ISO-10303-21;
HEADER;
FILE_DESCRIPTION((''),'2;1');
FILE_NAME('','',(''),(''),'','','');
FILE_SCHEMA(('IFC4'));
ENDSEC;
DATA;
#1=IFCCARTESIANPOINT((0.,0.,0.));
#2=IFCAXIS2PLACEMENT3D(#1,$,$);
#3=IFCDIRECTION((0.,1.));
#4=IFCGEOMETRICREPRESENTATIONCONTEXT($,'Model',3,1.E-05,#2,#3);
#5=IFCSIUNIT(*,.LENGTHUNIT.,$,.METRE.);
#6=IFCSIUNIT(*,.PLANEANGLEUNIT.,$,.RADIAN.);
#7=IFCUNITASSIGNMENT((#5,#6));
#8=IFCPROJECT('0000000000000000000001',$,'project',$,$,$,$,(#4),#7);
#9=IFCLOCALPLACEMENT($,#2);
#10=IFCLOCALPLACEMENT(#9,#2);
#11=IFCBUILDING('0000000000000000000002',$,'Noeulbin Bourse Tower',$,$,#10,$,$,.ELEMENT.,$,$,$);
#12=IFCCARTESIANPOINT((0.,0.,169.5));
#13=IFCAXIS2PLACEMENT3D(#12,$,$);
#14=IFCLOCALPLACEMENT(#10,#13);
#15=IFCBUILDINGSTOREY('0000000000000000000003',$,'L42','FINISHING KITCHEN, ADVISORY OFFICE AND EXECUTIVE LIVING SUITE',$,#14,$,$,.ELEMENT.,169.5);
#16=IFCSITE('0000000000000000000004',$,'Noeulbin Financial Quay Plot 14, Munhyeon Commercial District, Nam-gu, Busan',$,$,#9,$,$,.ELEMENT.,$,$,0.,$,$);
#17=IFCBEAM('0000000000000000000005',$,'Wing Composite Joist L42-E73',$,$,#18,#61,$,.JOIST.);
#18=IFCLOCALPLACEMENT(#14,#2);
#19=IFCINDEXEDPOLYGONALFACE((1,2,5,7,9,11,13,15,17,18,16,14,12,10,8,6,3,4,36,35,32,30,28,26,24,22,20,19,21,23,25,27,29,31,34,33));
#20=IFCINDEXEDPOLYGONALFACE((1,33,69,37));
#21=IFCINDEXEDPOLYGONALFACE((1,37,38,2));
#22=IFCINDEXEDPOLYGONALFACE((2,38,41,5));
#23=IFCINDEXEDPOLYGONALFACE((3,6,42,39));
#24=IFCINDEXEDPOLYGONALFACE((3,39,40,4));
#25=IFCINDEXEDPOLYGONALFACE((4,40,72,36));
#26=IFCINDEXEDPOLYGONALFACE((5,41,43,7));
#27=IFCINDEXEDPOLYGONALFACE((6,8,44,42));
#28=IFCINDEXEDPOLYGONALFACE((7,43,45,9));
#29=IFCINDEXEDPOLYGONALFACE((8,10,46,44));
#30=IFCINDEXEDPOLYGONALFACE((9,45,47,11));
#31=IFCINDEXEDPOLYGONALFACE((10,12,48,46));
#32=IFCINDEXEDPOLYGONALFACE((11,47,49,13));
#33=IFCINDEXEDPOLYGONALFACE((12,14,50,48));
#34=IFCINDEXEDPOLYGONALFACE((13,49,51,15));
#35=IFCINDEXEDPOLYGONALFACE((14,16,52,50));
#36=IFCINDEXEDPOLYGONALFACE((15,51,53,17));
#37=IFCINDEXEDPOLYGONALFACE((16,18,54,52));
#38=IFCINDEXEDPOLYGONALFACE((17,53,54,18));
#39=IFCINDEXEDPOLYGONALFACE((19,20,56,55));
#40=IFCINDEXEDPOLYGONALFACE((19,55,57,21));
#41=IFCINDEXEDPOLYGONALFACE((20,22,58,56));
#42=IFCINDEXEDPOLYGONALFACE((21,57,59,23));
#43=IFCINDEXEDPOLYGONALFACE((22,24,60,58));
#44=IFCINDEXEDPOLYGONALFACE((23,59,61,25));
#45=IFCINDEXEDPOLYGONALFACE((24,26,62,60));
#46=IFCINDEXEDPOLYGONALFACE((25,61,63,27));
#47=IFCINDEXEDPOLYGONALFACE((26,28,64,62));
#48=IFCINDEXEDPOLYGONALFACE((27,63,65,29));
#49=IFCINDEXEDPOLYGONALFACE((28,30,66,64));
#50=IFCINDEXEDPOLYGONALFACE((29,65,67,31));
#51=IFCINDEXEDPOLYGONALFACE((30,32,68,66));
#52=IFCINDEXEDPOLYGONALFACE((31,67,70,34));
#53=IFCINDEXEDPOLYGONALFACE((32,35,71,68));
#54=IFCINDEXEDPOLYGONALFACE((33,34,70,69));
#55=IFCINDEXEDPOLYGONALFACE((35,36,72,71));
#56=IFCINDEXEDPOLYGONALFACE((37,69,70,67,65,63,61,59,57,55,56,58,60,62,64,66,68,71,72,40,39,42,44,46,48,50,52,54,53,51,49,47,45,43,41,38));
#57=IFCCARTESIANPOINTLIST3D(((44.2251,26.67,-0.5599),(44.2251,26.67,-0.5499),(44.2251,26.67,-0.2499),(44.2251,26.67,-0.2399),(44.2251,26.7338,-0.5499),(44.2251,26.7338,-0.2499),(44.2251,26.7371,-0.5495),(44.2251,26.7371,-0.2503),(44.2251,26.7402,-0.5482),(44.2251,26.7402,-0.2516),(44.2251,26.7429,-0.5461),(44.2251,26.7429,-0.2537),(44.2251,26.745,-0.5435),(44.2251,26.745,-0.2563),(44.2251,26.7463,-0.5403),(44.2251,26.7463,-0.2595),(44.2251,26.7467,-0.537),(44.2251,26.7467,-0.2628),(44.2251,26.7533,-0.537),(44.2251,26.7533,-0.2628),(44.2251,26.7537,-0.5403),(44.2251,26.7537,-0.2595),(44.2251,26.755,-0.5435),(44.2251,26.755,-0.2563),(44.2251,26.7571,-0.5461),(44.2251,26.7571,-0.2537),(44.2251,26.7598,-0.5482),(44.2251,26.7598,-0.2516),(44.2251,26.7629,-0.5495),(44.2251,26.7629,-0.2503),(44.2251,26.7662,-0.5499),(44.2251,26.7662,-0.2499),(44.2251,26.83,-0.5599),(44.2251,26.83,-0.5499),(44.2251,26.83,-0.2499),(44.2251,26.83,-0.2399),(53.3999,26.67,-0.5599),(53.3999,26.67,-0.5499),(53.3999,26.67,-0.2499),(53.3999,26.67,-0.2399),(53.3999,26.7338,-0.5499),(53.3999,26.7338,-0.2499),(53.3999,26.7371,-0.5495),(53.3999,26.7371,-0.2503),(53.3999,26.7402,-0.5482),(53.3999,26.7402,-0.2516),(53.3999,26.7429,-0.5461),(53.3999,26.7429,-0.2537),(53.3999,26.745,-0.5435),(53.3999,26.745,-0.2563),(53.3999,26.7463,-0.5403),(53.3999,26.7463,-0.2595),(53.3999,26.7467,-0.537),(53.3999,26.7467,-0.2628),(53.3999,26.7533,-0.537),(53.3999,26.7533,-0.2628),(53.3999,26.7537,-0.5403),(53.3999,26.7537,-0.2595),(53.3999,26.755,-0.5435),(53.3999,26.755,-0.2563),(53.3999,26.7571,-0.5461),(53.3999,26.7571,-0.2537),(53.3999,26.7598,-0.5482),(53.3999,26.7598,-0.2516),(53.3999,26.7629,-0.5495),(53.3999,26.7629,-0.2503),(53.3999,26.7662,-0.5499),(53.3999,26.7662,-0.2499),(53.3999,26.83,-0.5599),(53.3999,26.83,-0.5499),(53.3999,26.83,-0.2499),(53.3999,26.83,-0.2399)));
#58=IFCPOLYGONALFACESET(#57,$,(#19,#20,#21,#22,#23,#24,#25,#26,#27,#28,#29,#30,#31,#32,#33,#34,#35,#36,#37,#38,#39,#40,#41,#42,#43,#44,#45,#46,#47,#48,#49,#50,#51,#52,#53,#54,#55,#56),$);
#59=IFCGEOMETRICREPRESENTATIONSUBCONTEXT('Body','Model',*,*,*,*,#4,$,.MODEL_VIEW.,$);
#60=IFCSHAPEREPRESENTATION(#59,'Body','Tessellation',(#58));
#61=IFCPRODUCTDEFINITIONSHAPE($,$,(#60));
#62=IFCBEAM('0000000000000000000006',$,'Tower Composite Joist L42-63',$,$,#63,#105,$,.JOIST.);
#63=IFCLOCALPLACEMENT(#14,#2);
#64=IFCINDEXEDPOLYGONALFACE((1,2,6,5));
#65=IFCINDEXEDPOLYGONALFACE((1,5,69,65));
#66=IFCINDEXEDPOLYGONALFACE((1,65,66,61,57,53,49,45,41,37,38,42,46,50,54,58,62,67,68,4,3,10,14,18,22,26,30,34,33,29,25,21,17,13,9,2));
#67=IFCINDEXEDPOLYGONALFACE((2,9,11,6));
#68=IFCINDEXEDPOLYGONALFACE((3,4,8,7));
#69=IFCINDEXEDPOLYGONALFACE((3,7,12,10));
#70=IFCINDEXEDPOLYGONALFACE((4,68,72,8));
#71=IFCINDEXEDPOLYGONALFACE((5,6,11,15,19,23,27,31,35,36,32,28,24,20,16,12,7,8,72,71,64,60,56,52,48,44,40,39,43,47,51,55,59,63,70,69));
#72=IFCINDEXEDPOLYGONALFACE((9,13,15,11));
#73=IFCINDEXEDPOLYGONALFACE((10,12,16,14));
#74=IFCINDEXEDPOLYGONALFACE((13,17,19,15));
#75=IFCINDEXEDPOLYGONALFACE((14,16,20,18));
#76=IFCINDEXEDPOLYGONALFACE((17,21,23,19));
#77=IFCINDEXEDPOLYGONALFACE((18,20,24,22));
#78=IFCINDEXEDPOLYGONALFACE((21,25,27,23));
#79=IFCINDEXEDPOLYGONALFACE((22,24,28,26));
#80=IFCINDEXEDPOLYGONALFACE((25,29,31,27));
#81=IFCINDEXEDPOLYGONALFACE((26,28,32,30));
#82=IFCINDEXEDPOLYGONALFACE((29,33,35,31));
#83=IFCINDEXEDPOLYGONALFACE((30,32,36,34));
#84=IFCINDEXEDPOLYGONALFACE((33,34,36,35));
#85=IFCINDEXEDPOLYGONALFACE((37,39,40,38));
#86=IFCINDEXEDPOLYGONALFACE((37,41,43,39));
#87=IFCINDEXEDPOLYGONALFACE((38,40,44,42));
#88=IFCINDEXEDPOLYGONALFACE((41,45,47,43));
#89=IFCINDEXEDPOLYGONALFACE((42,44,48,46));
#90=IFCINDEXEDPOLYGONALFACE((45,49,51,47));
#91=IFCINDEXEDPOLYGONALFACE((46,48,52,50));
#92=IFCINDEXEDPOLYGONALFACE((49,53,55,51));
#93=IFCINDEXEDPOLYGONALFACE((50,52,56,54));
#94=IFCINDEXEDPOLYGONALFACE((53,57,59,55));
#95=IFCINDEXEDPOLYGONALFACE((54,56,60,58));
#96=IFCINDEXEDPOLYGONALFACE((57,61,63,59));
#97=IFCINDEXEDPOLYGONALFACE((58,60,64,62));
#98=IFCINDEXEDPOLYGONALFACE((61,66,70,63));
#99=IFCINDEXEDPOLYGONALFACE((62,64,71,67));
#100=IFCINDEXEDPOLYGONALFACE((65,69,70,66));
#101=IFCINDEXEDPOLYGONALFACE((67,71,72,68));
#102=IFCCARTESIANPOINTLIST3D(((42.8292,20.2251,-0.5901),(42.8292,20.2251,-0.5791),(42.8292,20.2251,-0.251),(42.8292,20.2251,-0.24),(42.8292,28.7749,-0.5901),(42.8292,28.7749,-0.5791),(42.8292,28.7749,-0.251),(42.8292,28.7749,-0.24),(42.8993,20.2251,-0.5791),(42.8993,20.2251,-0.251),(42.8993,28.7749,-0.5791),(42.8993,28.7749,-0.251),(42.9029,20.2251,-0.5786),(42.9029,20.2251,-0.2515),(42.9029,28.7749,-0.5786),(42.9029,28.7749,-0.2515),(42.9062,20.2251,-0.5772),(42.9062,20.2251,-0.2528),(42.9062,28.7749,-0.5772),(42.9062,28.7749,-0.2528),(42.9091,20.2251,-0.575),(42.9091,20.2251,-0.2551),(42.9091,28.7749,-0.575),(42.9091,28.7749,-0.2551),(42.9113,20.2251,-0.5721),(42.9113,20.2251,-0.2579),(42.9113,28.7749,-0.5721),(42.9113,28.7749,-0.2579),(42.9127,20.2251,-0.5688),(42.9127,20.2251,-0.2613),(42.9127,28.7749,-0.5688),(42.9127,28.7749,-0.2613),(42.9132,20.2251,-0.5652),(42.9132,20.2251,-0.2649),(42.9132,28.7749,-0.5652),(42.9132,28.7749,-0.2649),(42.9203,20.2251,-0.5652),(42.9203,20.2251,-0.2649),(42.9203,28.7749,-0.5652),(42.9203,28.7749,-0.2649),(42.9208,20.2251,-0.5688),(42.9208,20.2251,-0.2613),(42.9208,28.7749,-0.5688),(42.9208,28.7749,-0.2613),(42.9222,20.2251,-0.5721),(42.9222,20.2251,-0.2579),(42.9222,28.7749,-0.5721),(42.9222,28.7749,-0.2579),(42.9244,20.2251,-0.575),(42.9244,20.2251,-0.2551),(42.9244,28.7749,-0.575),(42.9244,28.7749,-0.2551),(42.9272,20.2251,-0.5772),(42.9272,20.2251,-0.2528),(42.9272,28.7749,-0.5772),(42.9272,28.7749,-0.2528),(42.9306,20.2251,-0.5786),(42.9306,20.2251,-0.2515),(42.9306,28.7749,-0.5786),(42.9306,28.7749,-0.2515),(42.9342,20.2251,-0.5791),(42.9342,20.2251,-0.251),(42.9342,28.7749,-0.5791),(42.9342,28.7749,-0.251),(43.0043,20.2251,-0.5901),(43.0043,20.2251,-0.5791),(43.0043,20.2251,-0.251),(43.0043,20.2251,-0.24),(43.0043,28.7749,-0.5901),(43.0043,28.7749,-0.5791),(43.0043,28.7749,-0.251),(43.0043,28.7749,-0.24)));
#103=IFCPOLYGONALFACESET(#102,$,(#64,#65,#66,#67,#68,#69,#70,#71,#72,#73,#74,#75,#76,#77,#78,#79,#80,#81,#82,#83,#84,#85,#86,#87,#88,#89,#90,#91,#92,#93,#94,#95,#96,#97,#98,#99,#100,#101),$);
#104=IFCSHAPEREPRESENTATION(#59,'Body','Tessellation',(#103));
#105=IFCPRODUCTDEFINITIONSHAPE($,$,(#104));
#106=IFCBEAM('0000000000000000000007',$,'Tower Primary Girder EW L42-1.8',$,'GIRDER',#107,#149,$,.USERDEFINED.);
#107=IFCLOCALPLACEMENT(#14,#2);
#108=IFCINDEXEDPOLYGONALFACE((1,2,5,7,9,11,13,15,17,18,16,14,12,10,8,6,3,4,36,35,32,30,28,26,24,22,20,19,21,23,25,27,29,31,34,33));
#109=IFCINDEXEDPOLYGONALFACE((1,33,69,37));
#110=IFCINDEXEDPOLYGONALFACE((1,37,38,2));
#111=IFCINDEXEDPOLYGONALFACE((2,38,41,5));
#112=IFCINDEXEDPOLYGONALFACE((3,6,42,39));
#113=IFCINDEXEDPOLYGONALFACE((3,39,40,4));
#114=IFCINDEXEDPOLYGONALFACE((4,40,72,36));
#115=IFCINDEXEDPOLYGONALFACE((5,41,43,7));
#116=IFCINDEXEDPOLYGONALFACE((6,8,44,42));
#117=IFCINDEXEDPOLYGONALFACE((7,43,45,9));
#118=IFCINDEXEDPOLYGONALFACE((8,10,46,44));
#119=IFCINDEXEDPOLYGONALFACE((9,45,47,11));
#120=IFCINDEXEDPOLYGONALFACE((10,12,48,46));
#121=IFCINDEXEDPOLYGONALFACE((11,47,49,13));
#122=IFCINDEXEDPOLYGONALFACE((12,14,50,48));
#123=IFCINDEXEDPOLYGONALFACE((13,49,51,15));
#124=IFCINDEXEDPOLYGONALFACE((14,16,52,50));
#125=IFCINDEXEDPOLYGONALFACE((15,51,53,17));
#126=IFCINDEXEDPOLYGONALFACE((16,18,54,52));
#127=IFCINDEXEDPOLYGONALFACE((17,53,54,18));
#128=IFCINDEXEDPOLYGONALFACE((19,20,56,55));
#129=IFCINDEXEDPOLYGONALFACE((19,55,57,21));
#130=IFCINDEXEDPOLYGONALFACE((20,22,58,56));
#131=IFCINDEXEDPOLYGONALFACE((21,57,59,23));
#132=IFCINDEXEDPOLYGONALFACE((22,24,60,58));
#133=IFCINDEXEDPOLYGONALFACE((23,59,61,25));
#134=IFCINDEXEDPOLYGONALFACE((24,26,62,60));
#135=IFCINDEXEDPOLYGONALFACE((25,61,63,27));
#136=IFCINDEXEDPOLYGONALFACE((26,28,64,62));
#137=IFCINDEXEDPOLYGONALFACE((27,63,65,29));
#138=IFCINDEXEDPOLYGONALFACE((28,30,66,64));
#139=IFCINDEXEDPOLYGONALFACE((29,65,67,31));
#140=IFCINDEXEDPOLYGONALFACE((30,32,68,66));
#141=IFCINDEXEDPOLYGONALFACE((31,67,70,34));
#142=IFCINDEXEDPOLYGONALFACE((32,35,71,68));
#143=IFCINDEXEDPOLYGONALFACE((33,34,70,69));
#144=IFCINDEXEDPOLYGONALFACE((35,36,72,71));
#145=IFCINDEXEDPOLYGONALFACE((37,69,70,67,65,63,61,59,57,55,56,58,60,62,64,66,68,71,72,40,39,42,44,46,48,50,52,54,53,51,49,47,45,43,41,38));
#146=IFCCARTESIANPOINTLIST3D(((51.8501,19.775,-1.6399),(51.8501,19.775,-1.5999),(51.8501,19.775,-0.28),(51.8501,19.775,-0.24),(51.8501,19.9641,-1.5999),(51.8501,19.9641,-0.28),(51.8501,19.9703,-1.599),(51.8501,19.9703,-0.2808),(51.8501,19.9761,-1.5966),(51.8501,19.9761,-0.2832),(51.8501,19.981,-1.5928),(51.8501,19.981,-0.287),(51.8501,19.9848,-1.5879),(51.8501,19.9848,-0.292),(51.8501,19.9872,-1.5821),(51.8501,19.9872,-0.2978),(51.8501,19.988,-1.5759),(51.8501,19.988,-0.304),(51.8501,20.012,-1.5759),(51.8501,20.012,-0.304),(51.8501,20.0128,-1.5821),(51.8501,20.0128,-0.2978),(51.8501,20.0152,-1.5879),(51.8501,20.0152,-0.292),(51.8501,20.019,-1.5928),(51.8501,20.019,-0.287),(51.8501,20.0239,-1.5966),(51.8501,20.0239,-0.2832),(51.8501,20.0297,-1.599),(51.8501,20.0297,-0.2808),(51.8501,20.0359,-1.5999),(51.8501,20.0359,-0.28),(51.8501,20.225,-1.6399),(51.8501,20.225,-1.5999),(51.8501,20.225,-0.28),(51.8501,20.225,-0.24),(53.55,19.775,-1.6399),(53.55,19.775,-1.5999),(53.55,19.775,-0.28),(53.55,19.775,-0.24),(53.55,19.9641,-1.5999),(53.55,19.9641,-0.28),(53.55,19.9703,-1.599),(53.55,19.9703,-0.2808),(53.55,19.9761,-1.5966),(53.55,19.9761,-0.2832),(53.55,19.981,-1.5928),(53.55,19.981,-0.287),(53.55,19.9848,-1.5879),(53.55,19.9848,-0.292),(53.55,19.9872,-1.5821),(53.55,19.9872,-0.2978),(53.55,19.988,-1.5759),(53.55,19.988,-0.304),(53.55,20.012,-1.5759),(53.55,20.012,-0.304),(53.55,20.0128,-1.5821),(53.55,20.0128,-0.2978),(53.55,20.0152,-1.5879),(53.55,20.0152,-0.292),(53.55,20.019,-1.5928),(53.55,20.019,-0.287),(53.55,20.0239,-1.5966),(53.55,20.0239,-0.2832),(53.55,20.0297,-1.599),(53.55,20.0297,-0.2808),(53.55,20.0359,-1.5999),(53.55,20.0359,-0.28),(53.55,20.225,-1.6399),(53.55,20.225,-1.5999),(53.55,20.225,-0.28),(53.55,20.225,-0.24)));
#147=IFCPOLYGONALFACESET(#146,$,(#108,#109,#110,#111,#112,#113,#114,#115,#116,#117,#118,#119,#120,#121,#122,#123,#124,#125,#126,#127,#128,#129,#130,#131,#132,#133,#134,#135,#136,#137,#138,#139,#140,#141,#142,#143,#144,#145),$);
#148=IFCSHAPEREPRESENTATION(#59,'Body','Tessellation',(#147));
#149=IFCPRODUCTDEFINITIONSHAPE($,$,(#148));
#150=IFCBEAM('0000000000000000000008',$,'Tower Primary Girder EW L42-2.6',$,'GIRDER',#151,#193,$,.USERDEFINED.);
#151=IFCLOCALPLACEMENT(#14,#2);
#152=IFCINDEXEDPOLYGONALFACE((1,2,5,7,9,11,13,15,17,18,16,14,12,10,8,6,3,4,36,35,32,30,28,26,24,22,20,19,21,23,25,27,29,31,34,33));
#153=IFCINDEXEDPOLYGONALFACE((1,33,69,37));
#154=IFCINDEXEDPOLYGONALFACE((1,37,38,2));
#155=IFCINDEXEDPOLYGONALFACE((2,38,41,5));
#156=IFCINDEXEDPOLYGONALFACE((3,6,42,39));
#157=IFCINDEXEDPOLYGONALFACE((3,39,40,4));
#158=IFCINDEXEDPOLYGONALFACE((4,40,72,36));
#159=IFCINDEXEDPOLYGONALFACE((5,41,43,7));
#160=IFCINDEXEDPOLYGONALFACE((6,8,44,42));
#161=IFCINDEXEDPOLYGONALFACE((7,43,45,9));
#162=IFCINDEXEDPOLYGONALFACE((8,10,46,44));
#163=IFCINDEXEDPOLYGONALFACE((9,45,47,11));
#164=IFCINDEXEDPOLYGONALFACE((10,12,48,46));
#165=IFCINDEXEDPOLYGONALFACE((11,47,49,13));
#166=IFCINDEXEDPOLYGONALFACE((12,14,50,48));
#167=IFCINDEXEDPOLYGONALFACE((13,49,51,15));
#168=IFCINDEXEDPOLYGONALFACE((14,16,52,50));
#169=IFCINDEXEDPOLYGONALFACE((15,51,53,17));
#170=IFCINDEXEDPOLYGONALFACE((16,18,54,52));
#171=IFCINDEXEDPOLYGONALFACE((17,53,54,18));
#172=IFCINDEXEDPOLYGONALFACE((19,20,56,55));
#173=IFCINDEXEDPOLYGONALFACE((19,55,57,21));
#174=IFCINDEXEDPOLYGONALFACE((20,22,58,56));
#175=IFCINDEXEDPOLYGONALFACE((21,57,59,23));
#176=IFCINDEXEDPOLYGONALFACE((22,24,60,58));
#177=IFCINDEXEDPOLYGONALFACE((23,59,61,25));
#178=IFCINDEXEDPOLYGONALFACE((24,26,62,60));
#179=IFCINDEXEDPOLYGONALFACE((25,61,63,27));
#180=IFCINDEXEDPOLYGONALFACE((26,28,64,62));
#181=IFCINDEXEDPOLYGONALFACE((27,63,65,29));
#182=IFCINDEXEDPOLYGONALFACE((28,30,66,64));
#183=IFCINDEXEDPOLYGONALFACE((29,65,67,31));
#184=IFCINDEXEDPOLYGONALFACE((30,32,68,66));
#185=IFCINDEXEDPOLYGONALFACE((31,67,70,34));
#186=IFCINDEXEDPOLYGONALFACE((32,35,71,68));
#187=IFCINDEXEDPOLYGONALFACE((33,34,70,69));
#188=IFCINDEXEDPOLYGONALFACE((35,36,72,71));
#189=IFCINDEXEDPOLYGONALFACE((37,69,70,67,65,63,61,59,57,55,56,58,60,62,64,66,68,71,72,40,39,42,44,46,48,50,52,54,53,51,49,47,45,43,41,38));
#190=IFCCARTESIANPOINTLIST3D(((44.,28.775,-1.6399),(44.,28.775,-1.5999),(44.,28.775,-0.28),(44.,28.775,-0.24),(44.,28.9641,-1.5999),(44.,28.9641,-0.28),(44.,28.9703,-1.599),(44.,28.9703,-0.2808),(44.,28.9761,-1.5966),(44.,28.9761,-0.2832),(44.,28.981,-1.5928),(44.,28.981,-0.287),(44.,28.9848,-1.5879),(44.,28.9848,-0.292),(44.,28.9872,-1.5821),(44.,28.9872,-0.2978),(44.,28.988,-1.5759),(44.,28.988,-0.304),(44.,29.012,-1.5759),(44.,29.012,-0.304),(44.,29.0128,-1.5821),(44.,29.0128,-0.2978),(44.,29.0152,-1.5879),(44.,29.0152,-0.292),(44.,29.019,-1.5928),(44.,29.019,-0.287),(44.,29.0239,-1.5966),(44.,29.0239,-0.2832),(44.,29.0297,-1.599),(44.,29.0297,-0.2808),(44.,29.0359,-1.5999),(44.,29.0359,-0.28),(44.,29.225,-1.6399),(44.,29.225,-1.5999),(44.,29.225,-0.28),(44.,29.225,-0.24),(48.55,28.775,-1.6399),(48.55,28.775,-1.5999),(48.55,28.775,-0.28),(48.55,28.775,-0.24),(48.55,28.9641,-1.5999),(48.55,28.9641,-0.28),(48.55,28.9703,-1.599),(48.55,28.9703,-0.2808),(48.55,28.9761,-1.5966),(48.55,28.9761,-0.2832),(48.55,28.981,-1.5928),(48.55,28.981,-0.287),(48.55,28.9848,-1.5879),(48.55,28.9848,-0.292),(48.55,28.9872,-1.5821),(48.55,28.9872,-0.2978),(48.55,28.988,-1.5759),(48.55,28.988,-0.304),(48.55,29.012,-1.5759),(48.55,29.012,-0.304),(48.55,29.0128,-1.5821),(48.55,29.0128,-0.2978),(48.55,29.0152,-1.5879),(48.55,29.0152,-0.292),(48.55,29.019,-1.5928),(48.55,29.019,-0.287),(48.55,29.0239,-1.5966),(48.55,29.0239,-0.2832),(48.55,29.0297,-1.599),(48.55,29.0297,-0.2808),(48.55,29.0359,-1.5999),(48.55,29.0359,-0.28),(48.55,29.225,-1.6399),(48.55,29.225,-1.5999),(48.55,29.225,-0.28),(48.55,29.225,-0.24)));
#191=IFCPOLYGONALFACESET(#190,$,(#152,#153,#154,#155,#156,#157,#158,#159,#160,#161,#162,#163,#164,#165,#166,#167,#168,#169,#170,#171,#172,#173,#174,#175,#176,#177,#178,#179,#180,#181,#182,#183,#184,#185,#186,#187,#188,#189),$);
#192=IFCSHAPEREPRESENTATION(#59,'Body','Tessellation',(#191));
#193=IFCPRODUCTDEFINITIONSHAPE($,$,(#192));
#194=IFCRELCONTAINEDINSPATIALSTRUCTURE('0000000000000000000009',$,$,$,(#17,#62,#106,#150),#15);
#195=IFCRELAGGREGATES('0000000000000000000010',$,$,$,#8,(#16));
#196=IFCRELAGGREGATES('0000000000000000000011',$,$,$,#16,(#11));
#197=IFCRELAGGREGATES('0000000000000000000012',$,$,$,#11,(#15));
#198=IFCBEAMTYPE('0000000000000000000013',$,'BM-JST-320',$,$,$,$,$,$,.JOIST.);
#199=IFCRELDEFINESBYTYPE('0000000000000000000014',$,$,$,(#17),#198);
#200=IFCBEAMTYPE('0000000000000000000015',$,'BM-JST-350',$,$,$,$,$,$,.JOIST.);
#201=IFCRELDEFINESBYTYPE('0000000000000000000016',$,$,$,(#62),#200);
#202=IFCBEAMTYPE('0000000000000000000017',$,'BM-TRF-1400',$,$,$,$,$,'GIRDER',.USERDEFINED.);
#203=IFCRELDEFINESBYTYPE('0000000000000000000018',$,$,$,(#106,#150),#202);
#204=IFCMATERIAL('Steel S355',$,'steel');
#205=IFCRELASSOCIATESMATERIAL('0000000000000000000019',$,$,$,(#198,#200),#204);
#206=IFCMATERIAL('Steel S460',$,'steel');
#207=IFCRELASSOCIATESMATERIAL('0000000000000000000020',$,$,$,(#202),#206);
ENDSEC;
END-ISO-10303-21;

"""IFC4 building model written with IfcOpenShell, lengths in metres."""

from ifc_helpers import new_model, si_unit, direction, frame, origin, origin_2d, place, context, subcontext, project, spatial, i_section, extrude, material, material_profile, profile_set, type_object, element, save


model = new_model("IFC4")

# Units and contexts
model_context = context("Model", 3, precision=1e-05, world=origin(), true_north=direction((0.0, 1.0)))
body_context = subcontext(model_context, "Body", "Model", "MODEL_VIEW")
ifc_project = project(units=[si_unit("LENGTHUNIT", "METRE"), si_unit("PLANEANGLEUNIT", "RADIAN")], contexts=[model_context])

# Site, building, storey
site_placement = place(None, origin())
site = spatial("IfcSite", under=ifc_project, at=site_placement, Name="Noeulbin Financial Quay Plot 14, Munhyeon Commercial District, Nam-gu, Busan", CompositionType="ELEMENT", RefElevation=0.0)
building_placement = place(site_placement, origin())
building = spatial("IfcBuilding", under=site, at=building_placement, Name="Noeulbin Bourse Tower", CompositionType="ELEMENT")
storey_placement = place(building_placement, frame((0.0, 0.0, 169.5)))
storey = spatial("IfcBuildingStorey", under=building, at=storey_placement, Name="L42", Description="FINISHING KITCHEN, ADVISORY OFFICE AND EXECUTIVE LIVING SUITE", CompositionType="ELEMENT", Elevation=169.5)

# Shared definitions
ifc_material_1 = material(Name="Steel S355", Category="steel")
ifc_material_2 = material(Name="Steel S460", Category="steel")

# Beams
ifc_material_profile_1 = material_profile(ifc_material_1, i_section(OverallWidth=0.1599, OverallDepth=0.3201, WebThickness=0.0066, FlangeThickness=0.01, FilletRadius=0.0129, at=origin_2d()), Name="H-320x160x6.5x10", Category="LoadBearing")
ifc_profile_set_1 = profile_set([ifc_material_profile_1], Name="Steel S355")
beam_type_1 = type_object("IfcBeamType", Name="BM-JST-320", PredefinedType="JOIST", material=ifc_profile_set_1)
for number, where, z_axis, x_axis, name in (
    (1, (44.2251, 26.75, -0.3999), (1.0, 0.0, 0.0), (0.0, 1.0, 0.0), "Wing Composite Joist L42-E73"),
):
    element("IfcBeam", number, at=place(storey_placement, frame(where, z_axis=z_axis, x_axis=x_axis)), inside=storey, type_object=beam_type_1, Name=name, PredefinedType="JOIST", context=body_context, shape_type="SweptSolid", body=[
        extrude(i_section(OverallWidth=0.1599, OverallDepth=0.3201, WebThickness=0.0066, FlangeThickness=0.01, FilletRadius=0.0129, at=origin_2d()), origin(), (0.0, 0.0, 1.0), 9.1748),
    ])
ifc_material_profile_2 = material_profile(ifc_material_1, i_section(OverallWidth=0.175, OverallDepth=0.3501, WebThickness=0.0071, FlangeThickness=0.011, FilletRadius=0.0139, at=origin_2d()), Name="H-350x175x7x11", Category="LoadBearing")
ifc_profile_set_2 = profile_set([ifc_material_profile_2], Name="Steel S355")
beam_type_2 = type_object("IfcBeamType", Name="BM-JST-350", PredefinedType="JOIST", material=ifc_profile_set_2)
beam_1_placement = place(storey_placement, frame((42.9167, 20.2251, -0.415), z_axis=(0.0, 1.0, 0.0), x_axis=(-1.0, 0.0, 0.0)))
element("IfcBeam", 2, at=beam_1_placement, inside=storey, type_object=beam_type_2, Name="Tower Composite Joist L42-63", PredefinedType="JOIST", context=body_context, shape_type="SweptSolid", body=[
    extrude(i_section(OverallWidth=0.175, OverallDepth=0.3501, WebThickness=0.0071, FlangeThickness=0.011, FilletRadius=0.0139, at=origin_2d()), origin(), (0.0, 0.0, 1.0), 8.5498),
])
ifc_material_profile_3 = material_profile(ifc_material_2, i_section(OverallWidth=0.45, OverallDepth=1.3999, WebThickness=0.0239, FlangeThickness=0.04, FilletRadius=0.0239, at=origin_2d()), Name="PG-1400x450x24x40", Category="LoadBearing")
ifc_profile_set_3 = profile_set([ifc_material_profile_3], Name="Steel S460")
beam_type_3 = type_object("IfcBeamType", Name="BM-TRF-1400", ElementType="GIRDER", PredefinedType="USERDEFINED", material=ifc_profile_set_3)
beam_2_placement = place(storey_placement, frame((51.8501, 20.0, -0.9399), z_axis=(1.0, 0.0, 0.0), x_axis=(0.0, 1.0, 0.0)))
element("IfcBeam", 3, at=beam_2_placement, inside=storey, type_object=beam_type_3, Name="Tower Primary Girder EW L42-1.8", ObjectType="GIRDER", PredefinedType="USERDEFINED", context=body_context, shape_type="SweptSolid", body=[
    extrude(i_section(OverallWidth=0.45, OverallDepth=1.3999, WebThickness=0.0239, FlangeThickness=0.04, FilletRadius=0.0239, at=origin_2d()), origin(), (0.0, 0.0, 1.0), 1.7),
])
beam_3_placement = place(storey_placement, frame((44.0, 29.0, -0.9399), z_axis=(1.0, 0.0, 0.0), x_axis=(0.0, 1.0, 0.0)))
element("IfcBeam", 4, at=beam_3_placement, inside=storey, type_object=beam_type_3, Name="Tower Primary Girder EW L42-2.6", ObjectType="GIRDER", PredefinedType="USERDEFINED", context=body_context, shape_type="SweptSolid", body=[
    extrude(i_section(OverallWidth=0.45, OverallDepth=1.3999, WebThickness=0.0239, FlangeThickness=0.04, FilletRadius=0.0239, at=origin_2d()), origin(), (0.0, 0.0, 1.0), 4.55),
])

save(model, "model.ifc")
